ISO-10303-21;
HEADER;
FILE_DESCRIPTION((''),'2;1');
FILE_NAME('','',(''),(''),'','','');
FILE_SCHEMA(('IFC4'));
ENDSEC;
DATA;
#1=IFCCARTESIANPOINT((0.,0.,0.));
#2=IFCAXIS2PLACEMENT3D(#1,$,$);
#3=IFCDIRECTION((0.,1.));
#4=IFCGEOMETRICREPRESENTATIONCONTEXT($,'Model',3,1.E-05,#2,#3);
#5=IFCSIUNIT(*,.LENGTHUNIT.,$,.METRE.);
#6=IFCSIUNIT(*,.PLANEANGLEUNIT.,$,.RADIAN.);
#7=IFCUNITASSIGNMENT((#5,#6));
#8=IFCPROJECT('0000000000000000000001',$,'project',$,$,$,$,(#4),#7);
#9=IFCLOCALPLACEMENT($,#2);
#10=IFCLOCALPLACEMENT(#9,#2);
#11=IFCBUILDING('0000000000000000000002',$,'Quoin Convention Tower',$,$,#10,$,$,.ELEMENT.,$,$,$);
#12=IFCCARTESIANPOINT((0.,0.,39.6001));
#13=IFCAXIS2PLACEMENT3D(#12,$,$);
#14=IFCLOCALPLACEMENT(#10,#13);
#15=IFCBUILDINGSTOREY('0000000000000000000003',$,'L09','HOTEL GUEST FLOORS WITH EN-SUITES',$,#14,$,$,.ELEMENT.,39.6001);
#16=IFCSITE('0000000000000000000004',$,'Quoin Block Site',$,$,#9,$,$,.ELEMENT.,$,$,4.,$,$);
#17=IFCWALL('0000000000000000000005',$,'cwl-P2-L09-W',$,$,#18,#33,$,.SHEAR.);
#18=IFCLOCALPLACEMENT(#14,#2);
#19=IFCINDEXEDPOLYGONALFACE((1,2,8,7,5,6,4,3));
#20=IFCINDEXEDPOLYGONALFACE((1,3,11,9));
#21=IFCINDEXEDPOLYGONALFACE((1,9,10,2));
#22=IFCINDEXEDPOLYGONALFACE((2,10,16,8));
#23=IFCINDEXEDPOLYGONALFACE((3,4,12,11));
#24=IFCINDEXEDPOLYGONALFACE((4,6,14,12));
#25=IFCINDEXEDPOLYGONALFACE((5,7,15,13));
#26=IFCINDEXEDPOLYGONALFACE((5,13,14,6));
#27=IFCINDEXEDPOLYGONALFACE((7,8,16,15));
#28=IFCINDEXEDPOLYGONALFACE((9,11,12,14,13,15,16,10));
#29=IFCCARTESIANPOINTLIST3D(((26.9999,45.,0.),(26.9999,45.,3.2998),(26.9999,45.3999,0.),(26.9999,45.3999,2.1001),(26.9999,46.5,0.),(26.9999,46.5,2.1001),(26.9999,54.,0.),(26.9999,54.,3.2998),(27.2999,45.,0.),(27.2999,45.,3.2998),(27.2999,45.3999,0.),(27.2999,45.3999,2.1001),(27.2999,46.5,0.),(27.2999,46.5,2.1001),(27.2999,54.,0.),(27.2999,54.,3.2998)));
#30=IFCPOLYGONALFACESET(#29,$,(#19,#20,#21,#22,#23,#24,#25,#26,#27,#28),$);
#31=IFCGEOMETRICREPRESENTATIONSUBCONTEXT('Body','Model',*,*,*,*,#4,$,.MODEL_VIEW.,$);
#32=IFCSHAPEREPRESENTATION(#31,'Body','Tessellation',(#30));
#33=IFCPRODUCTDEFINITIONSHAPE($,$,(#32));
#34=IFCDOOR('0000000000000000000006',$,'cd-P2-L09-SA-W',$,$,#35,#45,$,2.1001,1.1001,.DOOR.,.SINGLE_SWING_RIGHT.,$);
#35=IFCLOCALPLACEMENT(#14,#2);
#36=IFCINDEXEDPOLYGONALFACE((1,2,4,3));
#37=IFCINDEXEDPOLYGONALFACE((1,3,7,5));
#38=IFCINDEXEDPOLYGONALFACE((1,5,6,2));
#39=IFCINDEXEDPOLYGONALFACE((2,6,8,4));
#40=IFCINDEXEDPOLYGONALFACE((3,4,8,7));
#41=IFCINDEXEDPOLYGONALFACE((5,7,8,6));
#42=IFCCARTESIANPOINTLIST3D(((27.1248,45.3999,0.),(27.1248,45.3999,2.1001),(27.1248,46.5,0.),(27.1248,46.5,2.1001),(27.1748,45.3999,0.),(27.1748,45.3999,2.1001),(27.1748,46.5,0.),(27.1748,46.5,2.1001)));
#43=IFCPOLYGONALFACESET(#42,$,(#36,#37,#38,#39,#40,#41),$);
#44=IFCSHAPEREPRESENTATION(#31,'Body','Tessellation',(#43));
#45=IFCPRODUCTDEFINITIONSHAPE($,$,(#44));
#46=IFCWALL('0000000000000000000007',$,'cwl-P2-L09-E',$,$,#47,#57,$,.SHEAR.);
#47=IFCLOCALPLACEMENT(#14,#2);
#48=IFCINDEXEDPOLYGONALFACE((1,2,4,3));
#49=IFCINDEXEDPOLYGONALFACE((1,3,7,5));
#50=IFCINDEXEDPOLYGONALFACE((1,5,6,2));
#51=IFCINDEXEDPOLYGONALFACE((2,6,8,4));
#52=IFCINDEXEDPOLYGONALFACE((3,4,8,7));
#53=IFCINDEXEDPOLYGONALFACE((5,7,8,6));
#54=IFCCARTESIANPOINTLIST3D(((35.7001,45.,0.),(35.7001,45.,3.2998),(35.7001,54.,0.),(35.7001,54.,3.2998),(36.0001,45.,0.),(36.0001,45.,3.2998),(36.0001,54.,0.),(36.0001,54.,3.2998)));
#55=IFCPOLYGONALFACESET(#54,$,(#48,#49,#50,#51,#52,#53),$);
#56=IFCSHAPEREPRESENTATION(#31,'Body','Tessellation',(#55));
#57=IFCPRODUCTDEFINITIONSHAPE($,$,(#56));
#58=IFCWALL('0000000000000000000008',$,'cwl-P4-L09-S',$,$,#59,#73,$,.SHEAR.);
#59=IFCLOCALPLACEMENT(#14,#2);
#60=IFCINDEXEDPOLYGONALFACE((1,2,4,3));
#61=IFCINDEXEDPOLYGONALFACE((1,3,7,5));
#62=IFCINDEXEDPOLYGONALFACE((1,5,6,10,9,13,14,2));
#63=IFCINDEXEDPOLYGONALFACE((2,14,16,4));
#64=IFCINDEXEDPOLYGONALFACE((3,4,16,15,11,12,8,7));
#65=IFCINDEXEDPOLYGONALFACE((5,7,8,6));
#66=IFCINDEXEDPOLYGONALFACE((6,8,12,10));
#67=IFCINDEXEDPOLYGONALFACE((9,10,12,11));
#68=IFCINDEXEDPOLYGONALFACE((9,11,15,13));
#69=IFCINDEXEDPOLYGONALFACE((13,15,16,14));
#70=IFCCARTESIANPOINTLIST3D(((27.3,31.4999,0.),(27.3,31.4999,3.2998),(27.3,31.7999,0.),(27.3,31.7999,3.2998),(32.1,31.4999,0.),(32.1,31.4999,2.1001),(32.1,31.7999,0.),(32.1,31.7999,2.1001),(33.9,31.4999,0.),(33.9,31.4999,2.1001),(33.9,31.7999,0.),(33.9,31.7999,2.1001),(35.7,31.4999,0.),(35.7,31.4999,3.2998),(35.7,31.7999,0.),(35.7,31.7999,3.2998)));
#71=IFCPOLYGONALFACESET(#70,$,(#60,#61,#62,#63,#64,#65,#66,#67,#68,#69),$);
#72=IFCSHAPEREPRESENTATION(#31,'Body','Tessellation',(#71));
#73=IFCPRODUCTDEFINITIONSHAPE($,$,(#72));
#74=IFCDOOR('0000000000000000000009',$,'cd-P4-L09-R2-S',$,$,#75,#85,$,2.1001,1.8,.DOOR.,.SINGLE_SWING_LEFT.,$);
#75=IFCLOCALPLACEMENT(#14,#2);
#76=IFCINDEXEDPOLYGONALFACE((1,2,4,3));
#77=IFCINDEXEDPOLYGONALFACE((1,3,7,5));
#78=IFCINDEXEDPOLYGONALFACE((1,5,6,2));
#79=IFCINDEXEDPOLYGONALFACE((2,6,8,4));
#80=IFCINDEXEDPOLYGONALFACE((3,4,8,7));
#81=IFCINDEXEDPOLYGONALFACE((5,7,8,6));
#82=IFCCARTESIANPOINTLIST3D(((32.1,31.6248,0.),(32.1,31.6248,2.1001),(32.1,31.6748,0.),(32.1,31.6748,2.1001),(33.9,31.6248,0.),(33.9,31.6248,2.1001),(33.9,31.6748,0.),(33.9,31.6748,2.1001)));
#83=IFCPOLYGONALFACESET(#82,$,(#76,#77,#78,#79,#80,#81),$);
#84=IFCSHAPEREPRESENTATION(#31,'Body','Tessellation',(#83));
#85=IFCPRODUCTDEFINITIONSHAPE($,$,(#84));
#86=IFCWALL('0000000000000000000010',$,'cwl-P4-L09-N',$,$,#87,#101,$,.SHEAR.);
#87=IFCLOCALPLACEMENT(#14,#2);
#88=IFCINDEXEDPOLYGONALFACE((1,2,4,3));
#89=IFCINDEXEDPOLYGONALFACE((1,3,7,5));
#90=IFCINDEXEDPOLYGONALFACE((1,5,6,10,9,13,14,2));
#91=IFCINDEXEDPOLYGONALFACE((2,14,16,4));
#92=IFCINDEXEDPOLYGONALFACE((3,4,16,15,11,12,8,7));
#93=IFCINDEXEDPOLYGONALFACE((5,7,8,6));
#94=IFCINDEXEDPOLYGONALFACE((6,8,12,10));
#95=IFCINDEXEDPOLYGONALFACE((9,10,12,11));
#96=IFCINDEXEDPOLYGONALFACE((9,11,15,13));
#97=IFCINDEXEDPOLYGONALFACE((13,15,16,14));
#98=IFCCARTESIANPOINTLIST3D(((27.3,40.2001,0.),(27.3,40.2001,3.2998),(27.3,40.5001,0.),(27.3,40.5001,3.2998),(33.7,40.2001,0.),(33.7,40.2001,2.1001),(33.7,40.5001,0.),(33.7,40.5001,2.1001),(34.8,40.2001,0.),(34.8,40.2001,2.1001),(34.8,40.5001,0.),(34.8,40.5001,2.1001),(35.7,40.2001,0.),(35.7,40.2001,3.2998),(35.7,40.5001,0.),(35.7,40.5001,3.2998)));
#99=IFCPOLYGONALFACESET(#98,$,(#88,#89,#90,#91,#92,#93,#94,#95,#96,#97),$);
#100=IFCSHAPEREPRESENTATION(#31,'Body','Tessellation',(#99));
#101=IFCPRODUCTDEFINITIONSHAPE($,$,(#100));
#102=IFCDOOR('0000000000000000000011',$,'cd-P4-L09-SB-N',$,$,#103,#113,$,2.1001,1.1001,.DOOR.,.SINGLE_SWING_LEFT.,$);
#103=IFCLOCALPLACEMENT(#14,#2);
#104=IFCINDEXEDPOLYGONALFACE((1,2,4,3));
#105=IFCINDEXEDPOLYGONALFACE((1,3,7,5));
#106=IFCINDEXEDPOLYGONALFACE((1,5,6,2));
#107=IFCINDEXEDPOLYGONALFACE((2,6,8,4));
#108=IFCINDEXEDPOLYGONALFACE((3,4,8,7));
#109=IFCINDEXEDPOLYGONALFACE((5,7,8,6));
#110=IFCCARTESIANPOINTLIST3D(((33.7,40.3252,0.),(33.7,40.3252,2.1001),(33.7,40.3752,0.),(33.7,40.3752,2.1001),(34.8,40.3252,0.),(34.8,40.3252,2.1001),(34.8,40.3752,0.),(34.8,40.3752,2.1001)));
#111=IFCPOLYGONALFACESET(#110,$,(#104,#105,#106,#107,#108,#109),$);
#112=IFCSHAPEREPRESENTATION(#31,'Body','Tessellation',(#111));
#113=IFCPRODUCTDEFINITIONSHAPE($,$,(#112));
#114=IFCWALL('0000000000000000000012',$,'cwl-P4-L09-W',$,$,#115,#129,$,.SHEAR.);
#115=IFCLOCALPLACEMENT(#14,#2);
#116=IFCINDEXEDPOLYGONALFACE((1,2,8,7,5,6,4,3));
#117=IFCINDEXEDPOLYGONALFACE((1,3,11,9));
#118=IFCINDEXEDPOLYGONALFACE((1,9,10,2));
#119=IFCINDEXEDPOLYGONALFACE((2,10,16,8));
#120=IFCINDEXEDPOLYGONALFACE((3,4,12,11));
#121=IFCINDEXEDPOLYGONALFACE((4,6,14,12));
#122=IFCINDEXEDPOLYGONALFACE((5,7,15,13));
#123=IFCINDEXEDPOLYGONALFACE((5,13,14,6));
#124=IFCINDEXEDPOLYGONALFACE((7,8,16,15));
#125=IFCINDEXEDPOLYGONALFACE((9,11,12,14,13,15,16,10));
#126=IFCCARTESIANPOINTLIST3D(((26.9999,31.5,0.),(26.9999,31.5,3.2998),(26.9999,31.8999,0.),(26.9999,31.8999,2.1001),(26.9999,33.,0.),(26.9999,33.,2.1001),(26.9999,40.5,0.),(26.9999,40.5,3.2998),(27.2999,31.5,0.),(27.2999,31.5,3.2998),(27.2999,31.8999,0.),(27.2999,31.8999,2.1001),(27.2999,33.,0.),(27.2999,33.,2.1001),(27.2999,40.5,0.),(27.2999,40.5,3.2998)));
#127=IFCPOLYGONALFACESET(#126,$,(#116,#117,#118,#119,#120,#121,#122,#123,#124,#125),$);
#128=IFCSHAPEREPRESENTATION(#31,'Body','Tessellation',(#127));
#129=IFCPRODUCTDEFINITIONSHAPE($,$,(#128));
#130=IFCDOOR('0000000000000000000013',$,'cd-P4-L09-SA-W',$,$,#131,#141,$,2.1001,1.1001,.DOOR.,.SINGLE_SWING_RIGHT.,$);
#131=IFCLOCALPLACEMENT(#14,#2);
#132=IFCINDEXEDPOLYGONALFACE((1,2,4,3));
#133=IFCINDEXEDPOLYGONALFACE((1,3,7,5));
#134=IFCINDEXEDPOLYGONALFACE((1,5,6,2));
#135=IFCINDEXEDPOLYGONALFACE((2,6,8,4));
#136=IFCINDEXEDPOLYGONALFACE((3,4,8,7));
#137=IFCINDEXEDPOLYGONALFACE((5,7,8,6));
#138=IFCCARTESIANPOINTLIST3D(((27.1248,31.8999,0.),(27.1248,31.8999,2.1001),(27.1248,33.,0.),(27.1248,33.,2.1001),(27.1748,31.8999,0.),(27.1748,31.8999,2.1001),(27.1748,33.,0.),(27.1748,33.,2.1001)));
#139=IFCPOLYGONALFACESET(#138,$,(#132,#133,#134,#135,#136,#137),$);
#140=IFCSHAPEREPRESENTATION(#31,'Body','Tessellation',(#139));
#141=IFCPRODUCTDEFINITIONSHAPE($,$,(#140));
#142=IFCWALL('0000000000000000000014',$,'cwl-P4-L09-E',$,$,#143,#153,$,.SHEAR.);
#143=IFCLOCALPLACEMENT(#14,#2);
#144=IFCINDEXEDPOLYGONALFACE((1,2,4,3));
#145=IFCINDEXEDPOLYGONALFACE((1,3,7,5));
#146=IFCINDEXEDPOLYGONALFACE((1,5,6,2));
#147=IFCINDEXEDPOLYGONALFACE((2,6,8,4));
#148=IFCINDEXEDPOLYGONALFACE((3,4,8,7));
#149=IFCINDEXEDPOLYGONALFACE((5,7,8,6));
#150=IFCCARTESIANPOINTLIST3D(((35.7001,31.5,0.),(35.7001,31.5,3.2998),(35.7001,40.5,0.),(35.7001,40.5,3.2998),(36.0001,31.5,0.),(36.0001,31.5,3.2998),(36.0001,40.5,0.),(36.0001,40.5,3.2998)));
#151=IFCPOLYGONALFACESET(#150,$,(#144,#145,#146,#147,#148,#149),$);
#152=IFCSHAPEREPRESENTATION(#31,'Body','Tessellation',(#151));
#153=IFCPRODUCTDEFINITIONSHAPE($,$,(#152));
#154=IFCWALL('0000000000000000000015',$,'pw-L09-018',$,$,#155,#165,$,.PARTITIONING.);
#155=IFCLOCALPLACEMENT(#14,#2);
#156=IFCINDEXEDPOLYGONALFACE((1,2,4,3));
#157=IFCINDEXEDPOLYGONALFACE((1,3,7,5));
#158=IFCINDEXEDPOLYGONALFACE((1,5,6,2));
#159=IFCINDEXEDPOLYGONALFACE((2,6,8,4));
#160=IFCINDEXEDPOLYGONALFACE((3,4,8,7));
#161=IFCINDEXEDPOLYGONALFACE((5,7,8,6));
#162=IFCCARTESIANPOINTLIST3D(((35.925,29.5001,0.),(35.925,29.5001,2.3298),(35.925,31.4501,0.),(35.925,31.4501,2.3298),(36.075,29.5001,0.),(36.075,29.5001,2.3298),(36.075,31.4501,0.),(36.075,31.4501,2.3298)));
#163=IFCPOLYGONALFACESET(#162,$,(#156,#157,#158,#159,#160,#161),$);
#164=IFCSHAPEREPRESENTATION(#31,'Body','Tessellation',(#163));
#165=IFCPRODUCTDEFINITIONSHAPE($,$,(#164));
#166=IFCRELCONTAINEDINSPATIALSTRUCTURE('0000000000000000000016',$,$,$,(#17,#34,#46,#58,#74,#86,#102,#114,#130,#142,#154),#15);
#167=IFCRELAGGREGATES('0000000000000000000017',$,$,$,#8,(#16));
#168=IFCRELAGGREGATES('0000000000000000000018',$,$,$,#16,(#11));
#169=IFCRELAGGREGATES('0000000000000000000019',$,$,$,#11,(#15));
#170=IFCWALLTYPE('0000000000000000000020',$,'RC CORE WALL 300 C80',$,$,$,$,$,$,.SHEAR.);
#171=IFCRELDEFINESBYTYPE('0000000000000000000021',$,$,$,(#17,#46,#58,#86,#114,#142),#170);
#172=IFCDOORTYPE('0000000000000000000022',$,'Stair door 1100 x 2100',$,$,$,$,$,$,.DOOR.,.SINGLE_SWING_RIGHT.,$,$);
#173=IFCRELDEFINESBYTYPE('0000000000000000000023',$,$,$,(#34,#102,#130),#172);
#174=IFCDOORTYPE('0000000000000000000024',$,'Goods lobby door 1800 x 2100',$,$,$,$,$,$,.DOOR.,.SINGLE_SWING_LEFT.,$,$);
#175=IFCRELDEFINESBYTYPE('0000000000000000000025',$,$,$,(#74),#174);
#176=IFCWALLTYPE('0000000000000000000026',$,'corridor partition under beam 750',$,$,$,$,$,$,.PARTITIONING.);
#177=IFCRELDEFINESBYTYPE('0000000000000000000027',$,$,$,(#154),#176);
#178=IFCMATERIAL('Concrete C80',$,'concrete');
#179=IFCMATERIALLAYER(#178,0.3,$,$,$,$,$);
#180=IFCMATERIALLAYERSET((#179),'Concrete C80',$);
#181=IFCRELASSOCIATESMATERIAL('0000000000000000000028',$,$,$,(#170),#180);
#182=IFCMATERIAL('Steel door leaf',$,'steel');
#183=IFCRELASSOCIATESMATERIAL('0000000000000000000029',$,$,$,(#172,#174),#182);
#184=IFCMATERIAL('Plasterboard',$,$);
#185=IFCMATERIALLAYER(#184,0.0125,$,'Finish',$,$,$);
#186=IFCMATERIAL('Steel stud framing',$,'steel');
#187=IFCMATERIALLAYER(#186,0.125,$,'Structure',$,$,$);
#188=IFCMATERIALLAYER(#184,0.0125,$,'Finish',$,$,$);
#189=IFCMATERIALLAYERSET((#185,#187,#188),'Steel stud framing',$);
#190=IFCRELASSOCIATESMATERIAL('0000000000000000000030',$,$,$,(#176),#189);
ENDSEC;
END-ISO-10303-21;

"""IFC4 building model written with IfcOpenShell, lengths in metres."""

from ifc_helpers import new_model, si_unit, direction, frame, frame_2d, origin, place, context, subcontext, project, spatial, rectangle, extrude, material, layer, layer_set, type_object, element, fill, save


model = new_model("IFC4")

# Units and contexts
model_context = context("Model", 3, precision=1e-05, world=origin(), true_north=direction((0.0, 1.0)))
body_context = subcontext(model_context, "Body", "Model", "MODEL_VIEW")
ifc_project = project(units=[si_unit("LENGTHUNIT", "METRE"), si_unit("PLANEANGLEUNIT", "RADIAN")], contexts=[model_context])

# Site, building, storey
site_placement = place(None, origin())
site = spatial("IfcSite", under=ifc_project, at=site_placement, Name="Quoin Block Site", CompositionType="ELEMENT", RefElevation=4.0)
building_placement = place(site_placement, origin())
building = spatial("IfcBuilding", under=site, at=building_placement, Name="Quoin Convention Tower", CompositionType="ELEMENT")
storey_placement = place(building_placement, frame((0.0, 0.0, 39.6001)))
storey = spatial("IfcBuildingStorey", under=building, at=storey_placement, Name="L09", Description="HOTEL GUEST FLOORS WITH EN-SUITES", CompositionType="ELEMENT", Elevation=39.6001)

# Shared definitions
ifc_material_1 = material(Name="Concrete C80", Category="concrete")

# Shared definitions
ifc_material_2 = material(Name="Steel door leaf", Category="steel")

# Wall, opening, door
ifc_layer_1 = layer(ifc_material_1, 0.3)
ifc_layer_set_1 = layer_set([ifc_layer_1], Name="Concrete C80")
wall_type_1 = type_object("IfcWallType", Name="RC CORE WALL 300 C80", PredefinedType="SHEAR", material=ifc_layer_set_1)
wall_1_placement = place(storey_placement, frame((27.1499, 45.0, 0.0), z_axis=(0.0, 0.0, 1.0), x_axis=(0.0, 1.0, 0.0)))
wall_1 = element("IfcWall", 1, at=wall_1_placement, inside=storey, type_object=wall_type_1, Name="cwl-P2-L09-W", PredefinedType="SHEAR", context=body_context, shape_type="SweptSolid", body=[
    extrude(rectangle(XDim=9.0, YDim=0.3, at=frame_2d((4.5, 0.0))), origin(), (0.0, 0.0, 1.0), 3.2998),
])
opening_1_placement = place(wall_1_placement, frame((0.3999, 0.0, 0.0)))
opening_1 = element("IfcOpeningElement", 2, at=opening_1_placement, cuts=wall_1, PredefinedType="OPENING", context=body_context, shape_type="SweptSolid", body=[
    extrude(rectangle(XDim=1.1001, YDim=2.1001, at=frame_2d((0.55, 1.05))), frame((0.0, 0.1599, 0.0), z_axis=(0.0, -1.0, 0.0), x_axis=(1.0, 0.0, 0.0)), (0.0, 0.0, 1.0), 0.3201),
])
door_type_1 = type_object("IfcDoorType", Name="Stair door 1100 x 2100", OperationType="SINGLE_SWING_RIGHT", PredefinedType="DOOR", material=ifc_material_2)
door_1_placement = place(opening_1_placement, frame((1.1001, 0.0, 0.0), z_axis=(0.0, 0.0, 1.0), x_axis=(-1.0, 0.0, 0.0)))
door_1 = element("IfcDoor", 3, at=door_1_placement, inside=storey, type_object=door_type_1, Name="cd-P2-L09-SA-W", OperationType="SINGLE_SWING_RIGHT", OverallHeight=2.1001, OverallWidth=1.1001, PredefinedType="DOOR", context=body_context, shape_type="SweptSolid", body=[
    extrude(rectangle(XDim=1.1001, YDim=2.1001, at=frame_2d((0.55, 1.05))), frame((0.0, 0.0249, 0.0), z_axis=(0.0, -1.0, 0.0), x_axis=(1.0, 0.0, 0.0)), (0.0, 0.0, 1.0), 0.05),
])
fill(opening_1, door_1)

# Wall
wall_2_placement = place(storey_placement, frame((35.8501, 45.0, 0.0), z_axis=(0.0, 0.0, 1.0), x_axis=(0.0, 1.0, 0.0)))
element("IfcWall", 4, at=wall_2_placement, inside=storey, type_object=wall_type_1, Name="cwl-P2-L09-E", PredefinedType="SHEAR", context=body_context, shape_type="SweptSolid", body=[
    extrude(rectangle(XDim=9.0, YDim=0.3, at=frame_2d((4.5, 0.0))), origin(), (0.0, 0.0, 1.0), 3.2998),
])

# Walls, openings, doors
wall_3_placement = place(storey_placement, frame((27.3, 31.6499, 0.0), z_axis=(0.0, 0.0, 1.0), x_axis=(1.0, 0.0, 0.0)))
wall_3 = element("IfcWall", 5, at=wall_3_placement, inside=storey, type_object=wall_type_1, Name="cwl-P4-L09-S", PredefinedType="SHEAR", context=body_context, shape_type="SweptSolid", body=[
    extrude(rectangle(XDim=8.3999, YDim=0.3, at=frame_2d((4.2, 0.0))), origin(), (0.0, 0.0, 1.0), 3.2998),
])
opening_2_placement = place(wall_3_placement, frame((4.8, 0.0, 0.0)))
opening_2 = element("IfcOpeningElement", 6, at=opening_2_placement, cuts=wall_3, PredefinedType="OPENING", context=body_context, shape_type="SweptSolid", body=[
    extrude(rectangle(XDim=1.8, YDim=2.1001, at=frame_2d((0.8999, 1.05))), frame((0.0, 0.1599, 0.0), z_axis=(0.0, -1.0, 0.0), x_axis=(1.0, 0.0, 0.0)), (0.0, 0.0, 1.0), 0.3201),
])
door_type_2 = type_object("IfcDoorType", Name="Goods lobby door 1800 x 2100", OperationType="SINGLE_SWING_LEFT", PredefinedType="DOOR", material=ifc_material_2)
door_2_placement = place(opening_2_placement, origin())
door_2 = element("IfcDoor", 7, at=door_2_placement, inside=storey, type_object=door_type_2, Name="cd-P4-L09-R2-S", OperationType="SINGLE_SWING_LEFT", OverallHeight=2.1001, OverallWidth=1.8, PredefinedType="DOOR", context=body_context, shape_type="SweptSolid", body=[
    extrude(rectangle(XDim=1.8, YDim=2.1001, at=frame_2d((0.8999, 1.05))), frame((0.0, 0.0249, 0.0), z_axis=(0.0, -1.0, 0.0), x_axis=(1.0, 0.0, 0.0)), (0.0, 0.0, 1.0), 0.05),
])
fill(opening_2, door_2)
wall_4_placement = place(storey_placement, frame((27.3, 40.3501, 0.0), z_axis=(0.0, 0.0, 1.0), x_axis=(1.0, 0.0, 0.0)))
wall_4 = element("IfcWall", 8, at=wall_4_placement, inside=storey, type_object=wall_type_1, Name="cwl-P4-L09-N", PredefinedType="SHEAR", context=body_context, shape_type="SweptSolid", body=[
    extrude(rectangle(XDim=8.3999, YDim=0.3, at=frame_2d((4.2, 0.0))), origin(), (0.0, 0.0, 1.0), 3.2998),
])
opening_3_placement = place(wall_4_placement, frame((6.3999, 0.0, 0.0)))
opening_3 = element("IfcOpeningElement", 9, at=opening_3_placement, cuts=wall_4, PredefinedType="OPENING", context=body_context, shape_type="SweptSolid", body=[
    extrude(rectangle(XDim=1.1001, YDim=2.1001, at=frame_2d((0.55, 1.05))), frame((0.0, 0.1599, 0.0), z_axis=(0.0, -1.0, 0.0), x_axis=(1.0, 0.0, 0.0)), (0.0, 0.0, 1.0), 0.3201),
])
door_3_placement = place(opening_3_placement, frame((1.1001, 0.0, 0.0), z_axis=(0.0, 0.0, 1.0), x_axis=(-1.0, 0.0, 0.0)))
door_3 = element("IfcDoor", 10, at=door_3_placement, inside=storey, type_object=door_type_1, Name="cd-P4-L09-SB-N", OperationType="SINGLE_SWING_LEFT", OverallHeight=2.1001, OverallWidth=1.1001, PredefinedType="DOOR", context=body_context, shape_type="SweptSolid", body=[
    extrude(rectangle(XDim=1.1001, YDim=2.1001, at=frame_2d((0.55, 1.05))), frame((0.0, 0.0249, 0.0), z_axis=(0.0, -1.0, 0.0), x_axis=(1.0, 0.0, 0.0)), (0.0, 0.0, 1.0), 0.05),
])
fill(opening_3, door_3)
wall_5_placement = place(storey_placement, frame((27.1499, 31.5, 0.0), z_axis=(0.0, 0.0, 1.0), x_axis=(0.0, 1.0, 0.0)))
wall_5 = element("IfcWall", 11, at=wall_5_placement, inside=storey, type_object=wall_type_1, Name="cwl-P4-L09-W", PredefinedType="SHEAR", context=body_context, shape_type="SweptSolid", body=[
    extrude(rectangle(XDim=9.0, YDim=0.3, at=frame_2d((4.5, 0.0))), origin(), (0.0, 0.0, 1.0), 3.2998),
])
opening_4_placement = place(wall_5_placement, frame((0.3999, 0.0, 0.0)))
opening_4 = element("IfcOpeningElement", 12, at=opening_4_placement, cuts=wall_5, PredefinedType="OPENING", context=body_context, shape_type="SweptSolid", body=[
    extrude(rectangle(XDim=1.1001, YDim=2.1001, at=frame_2d((0.55, 1.05))), frame((0.0, 0.1599, 0.0), z_axis=(0.0, -1.0, 0.0), x_axis=(1.0, 0.0, 0.0)), (0.0, 0.0, 1.0), 0.3201),
])
door_4_placement = place(opening_4_placement, frame((1.1001, 0.0, 0.0), z_axis=(0.0, 0.0, 1.0), x_axis=(-1.0, 0.0, 0.0)))
door_4 = element("IfcDoor", 13, at=door_4_placement, inside=storey, type_object=door_type_1, Name="cd-P4-L09-SA-W", OperationType="SINGLE_SWING_RIGHT", OverallHeight=2.1001, OverallWidth=1.1001, PredefinedType="DOOR", context=body_context, shape_type="SweptSolid", body=[
    extrude(rectangle(XDim=1.1001, YDim=2.1001, at=frame_2d((0.55, 1.05))), frame((0.0, 0.0249, 0.0), z_axis=(0.0, -1.0, 0.0), x_axis=(1.0, 0.0, 0.0)), (0.0, 0.0, 1.0), 0.05),
])
fill(opening_4, door_4)

# Walls
wall_6_placement = place(storey_placement, frame((35.8501, 31.5, 0.0), z_axis=(0.0, 0.0, 1.0), x_axis=(0.0, 1.0, 0.0)))
element("IfcWall", 14, at=wall_6_placement, inside=storey, type_object=wall_type_1, Name="cwl-P4-L09-E", PredefinedType="SHEAR", context=body_context, shape_type="SweptSolid", body=[
    extrude(rectangle(XDim=9.0, YDim=0.3, at=frame_2d((4.5, 0.0))), origin(), (0.0, 0.0, 1.0), 3.2998),
])
ifc_material_3 = material(Name="Plasterboard")
ifc_layer_2 = layer(ifc_material_3, 0.0125, Name="Finish")
ifc_material_4 = material(Name="Steel stud framing", Category="steel")
ifc_layer_3 = layer(ifc_material_4, 0.125, Name="Structure")
ifc_layer_4 = layer(ifc_material_3, 0.0125, Name="Finish")
ifc_layer_set_2 = layer_set([ifc_layer_2, ifc_layer_3, ifc_layer_4], Name="Steel stud framing")
wall_type_2 = type_object("IfcWallType", Name="corridor partition under beam 750", PredefinedType="PARTITIONING", material=ifc_layer_set_2)
wall_7_placement = place(storey_placement, frame((36.0, 29.5, 0.0), z_axis=(0.0, 0.0, 1.0), x_axis=(0.0, 1.0, 0.0)))
element("IfcWall", 15, at=wall_7_placement, inside=storey, type_object=wall_type_2, Name="pw-L09-018", PredefinedType="PARTITIONING", context=body_context, shape_type="SweptSolid", body=[
    extrude(rectangle(XDim=1.95, YDim=0.1499, at=frame_2d((0.9751, 0.0))), origin(), (0.0, 0.0, 1.0), 2.3298),
])

save(model, "model.ifc")
